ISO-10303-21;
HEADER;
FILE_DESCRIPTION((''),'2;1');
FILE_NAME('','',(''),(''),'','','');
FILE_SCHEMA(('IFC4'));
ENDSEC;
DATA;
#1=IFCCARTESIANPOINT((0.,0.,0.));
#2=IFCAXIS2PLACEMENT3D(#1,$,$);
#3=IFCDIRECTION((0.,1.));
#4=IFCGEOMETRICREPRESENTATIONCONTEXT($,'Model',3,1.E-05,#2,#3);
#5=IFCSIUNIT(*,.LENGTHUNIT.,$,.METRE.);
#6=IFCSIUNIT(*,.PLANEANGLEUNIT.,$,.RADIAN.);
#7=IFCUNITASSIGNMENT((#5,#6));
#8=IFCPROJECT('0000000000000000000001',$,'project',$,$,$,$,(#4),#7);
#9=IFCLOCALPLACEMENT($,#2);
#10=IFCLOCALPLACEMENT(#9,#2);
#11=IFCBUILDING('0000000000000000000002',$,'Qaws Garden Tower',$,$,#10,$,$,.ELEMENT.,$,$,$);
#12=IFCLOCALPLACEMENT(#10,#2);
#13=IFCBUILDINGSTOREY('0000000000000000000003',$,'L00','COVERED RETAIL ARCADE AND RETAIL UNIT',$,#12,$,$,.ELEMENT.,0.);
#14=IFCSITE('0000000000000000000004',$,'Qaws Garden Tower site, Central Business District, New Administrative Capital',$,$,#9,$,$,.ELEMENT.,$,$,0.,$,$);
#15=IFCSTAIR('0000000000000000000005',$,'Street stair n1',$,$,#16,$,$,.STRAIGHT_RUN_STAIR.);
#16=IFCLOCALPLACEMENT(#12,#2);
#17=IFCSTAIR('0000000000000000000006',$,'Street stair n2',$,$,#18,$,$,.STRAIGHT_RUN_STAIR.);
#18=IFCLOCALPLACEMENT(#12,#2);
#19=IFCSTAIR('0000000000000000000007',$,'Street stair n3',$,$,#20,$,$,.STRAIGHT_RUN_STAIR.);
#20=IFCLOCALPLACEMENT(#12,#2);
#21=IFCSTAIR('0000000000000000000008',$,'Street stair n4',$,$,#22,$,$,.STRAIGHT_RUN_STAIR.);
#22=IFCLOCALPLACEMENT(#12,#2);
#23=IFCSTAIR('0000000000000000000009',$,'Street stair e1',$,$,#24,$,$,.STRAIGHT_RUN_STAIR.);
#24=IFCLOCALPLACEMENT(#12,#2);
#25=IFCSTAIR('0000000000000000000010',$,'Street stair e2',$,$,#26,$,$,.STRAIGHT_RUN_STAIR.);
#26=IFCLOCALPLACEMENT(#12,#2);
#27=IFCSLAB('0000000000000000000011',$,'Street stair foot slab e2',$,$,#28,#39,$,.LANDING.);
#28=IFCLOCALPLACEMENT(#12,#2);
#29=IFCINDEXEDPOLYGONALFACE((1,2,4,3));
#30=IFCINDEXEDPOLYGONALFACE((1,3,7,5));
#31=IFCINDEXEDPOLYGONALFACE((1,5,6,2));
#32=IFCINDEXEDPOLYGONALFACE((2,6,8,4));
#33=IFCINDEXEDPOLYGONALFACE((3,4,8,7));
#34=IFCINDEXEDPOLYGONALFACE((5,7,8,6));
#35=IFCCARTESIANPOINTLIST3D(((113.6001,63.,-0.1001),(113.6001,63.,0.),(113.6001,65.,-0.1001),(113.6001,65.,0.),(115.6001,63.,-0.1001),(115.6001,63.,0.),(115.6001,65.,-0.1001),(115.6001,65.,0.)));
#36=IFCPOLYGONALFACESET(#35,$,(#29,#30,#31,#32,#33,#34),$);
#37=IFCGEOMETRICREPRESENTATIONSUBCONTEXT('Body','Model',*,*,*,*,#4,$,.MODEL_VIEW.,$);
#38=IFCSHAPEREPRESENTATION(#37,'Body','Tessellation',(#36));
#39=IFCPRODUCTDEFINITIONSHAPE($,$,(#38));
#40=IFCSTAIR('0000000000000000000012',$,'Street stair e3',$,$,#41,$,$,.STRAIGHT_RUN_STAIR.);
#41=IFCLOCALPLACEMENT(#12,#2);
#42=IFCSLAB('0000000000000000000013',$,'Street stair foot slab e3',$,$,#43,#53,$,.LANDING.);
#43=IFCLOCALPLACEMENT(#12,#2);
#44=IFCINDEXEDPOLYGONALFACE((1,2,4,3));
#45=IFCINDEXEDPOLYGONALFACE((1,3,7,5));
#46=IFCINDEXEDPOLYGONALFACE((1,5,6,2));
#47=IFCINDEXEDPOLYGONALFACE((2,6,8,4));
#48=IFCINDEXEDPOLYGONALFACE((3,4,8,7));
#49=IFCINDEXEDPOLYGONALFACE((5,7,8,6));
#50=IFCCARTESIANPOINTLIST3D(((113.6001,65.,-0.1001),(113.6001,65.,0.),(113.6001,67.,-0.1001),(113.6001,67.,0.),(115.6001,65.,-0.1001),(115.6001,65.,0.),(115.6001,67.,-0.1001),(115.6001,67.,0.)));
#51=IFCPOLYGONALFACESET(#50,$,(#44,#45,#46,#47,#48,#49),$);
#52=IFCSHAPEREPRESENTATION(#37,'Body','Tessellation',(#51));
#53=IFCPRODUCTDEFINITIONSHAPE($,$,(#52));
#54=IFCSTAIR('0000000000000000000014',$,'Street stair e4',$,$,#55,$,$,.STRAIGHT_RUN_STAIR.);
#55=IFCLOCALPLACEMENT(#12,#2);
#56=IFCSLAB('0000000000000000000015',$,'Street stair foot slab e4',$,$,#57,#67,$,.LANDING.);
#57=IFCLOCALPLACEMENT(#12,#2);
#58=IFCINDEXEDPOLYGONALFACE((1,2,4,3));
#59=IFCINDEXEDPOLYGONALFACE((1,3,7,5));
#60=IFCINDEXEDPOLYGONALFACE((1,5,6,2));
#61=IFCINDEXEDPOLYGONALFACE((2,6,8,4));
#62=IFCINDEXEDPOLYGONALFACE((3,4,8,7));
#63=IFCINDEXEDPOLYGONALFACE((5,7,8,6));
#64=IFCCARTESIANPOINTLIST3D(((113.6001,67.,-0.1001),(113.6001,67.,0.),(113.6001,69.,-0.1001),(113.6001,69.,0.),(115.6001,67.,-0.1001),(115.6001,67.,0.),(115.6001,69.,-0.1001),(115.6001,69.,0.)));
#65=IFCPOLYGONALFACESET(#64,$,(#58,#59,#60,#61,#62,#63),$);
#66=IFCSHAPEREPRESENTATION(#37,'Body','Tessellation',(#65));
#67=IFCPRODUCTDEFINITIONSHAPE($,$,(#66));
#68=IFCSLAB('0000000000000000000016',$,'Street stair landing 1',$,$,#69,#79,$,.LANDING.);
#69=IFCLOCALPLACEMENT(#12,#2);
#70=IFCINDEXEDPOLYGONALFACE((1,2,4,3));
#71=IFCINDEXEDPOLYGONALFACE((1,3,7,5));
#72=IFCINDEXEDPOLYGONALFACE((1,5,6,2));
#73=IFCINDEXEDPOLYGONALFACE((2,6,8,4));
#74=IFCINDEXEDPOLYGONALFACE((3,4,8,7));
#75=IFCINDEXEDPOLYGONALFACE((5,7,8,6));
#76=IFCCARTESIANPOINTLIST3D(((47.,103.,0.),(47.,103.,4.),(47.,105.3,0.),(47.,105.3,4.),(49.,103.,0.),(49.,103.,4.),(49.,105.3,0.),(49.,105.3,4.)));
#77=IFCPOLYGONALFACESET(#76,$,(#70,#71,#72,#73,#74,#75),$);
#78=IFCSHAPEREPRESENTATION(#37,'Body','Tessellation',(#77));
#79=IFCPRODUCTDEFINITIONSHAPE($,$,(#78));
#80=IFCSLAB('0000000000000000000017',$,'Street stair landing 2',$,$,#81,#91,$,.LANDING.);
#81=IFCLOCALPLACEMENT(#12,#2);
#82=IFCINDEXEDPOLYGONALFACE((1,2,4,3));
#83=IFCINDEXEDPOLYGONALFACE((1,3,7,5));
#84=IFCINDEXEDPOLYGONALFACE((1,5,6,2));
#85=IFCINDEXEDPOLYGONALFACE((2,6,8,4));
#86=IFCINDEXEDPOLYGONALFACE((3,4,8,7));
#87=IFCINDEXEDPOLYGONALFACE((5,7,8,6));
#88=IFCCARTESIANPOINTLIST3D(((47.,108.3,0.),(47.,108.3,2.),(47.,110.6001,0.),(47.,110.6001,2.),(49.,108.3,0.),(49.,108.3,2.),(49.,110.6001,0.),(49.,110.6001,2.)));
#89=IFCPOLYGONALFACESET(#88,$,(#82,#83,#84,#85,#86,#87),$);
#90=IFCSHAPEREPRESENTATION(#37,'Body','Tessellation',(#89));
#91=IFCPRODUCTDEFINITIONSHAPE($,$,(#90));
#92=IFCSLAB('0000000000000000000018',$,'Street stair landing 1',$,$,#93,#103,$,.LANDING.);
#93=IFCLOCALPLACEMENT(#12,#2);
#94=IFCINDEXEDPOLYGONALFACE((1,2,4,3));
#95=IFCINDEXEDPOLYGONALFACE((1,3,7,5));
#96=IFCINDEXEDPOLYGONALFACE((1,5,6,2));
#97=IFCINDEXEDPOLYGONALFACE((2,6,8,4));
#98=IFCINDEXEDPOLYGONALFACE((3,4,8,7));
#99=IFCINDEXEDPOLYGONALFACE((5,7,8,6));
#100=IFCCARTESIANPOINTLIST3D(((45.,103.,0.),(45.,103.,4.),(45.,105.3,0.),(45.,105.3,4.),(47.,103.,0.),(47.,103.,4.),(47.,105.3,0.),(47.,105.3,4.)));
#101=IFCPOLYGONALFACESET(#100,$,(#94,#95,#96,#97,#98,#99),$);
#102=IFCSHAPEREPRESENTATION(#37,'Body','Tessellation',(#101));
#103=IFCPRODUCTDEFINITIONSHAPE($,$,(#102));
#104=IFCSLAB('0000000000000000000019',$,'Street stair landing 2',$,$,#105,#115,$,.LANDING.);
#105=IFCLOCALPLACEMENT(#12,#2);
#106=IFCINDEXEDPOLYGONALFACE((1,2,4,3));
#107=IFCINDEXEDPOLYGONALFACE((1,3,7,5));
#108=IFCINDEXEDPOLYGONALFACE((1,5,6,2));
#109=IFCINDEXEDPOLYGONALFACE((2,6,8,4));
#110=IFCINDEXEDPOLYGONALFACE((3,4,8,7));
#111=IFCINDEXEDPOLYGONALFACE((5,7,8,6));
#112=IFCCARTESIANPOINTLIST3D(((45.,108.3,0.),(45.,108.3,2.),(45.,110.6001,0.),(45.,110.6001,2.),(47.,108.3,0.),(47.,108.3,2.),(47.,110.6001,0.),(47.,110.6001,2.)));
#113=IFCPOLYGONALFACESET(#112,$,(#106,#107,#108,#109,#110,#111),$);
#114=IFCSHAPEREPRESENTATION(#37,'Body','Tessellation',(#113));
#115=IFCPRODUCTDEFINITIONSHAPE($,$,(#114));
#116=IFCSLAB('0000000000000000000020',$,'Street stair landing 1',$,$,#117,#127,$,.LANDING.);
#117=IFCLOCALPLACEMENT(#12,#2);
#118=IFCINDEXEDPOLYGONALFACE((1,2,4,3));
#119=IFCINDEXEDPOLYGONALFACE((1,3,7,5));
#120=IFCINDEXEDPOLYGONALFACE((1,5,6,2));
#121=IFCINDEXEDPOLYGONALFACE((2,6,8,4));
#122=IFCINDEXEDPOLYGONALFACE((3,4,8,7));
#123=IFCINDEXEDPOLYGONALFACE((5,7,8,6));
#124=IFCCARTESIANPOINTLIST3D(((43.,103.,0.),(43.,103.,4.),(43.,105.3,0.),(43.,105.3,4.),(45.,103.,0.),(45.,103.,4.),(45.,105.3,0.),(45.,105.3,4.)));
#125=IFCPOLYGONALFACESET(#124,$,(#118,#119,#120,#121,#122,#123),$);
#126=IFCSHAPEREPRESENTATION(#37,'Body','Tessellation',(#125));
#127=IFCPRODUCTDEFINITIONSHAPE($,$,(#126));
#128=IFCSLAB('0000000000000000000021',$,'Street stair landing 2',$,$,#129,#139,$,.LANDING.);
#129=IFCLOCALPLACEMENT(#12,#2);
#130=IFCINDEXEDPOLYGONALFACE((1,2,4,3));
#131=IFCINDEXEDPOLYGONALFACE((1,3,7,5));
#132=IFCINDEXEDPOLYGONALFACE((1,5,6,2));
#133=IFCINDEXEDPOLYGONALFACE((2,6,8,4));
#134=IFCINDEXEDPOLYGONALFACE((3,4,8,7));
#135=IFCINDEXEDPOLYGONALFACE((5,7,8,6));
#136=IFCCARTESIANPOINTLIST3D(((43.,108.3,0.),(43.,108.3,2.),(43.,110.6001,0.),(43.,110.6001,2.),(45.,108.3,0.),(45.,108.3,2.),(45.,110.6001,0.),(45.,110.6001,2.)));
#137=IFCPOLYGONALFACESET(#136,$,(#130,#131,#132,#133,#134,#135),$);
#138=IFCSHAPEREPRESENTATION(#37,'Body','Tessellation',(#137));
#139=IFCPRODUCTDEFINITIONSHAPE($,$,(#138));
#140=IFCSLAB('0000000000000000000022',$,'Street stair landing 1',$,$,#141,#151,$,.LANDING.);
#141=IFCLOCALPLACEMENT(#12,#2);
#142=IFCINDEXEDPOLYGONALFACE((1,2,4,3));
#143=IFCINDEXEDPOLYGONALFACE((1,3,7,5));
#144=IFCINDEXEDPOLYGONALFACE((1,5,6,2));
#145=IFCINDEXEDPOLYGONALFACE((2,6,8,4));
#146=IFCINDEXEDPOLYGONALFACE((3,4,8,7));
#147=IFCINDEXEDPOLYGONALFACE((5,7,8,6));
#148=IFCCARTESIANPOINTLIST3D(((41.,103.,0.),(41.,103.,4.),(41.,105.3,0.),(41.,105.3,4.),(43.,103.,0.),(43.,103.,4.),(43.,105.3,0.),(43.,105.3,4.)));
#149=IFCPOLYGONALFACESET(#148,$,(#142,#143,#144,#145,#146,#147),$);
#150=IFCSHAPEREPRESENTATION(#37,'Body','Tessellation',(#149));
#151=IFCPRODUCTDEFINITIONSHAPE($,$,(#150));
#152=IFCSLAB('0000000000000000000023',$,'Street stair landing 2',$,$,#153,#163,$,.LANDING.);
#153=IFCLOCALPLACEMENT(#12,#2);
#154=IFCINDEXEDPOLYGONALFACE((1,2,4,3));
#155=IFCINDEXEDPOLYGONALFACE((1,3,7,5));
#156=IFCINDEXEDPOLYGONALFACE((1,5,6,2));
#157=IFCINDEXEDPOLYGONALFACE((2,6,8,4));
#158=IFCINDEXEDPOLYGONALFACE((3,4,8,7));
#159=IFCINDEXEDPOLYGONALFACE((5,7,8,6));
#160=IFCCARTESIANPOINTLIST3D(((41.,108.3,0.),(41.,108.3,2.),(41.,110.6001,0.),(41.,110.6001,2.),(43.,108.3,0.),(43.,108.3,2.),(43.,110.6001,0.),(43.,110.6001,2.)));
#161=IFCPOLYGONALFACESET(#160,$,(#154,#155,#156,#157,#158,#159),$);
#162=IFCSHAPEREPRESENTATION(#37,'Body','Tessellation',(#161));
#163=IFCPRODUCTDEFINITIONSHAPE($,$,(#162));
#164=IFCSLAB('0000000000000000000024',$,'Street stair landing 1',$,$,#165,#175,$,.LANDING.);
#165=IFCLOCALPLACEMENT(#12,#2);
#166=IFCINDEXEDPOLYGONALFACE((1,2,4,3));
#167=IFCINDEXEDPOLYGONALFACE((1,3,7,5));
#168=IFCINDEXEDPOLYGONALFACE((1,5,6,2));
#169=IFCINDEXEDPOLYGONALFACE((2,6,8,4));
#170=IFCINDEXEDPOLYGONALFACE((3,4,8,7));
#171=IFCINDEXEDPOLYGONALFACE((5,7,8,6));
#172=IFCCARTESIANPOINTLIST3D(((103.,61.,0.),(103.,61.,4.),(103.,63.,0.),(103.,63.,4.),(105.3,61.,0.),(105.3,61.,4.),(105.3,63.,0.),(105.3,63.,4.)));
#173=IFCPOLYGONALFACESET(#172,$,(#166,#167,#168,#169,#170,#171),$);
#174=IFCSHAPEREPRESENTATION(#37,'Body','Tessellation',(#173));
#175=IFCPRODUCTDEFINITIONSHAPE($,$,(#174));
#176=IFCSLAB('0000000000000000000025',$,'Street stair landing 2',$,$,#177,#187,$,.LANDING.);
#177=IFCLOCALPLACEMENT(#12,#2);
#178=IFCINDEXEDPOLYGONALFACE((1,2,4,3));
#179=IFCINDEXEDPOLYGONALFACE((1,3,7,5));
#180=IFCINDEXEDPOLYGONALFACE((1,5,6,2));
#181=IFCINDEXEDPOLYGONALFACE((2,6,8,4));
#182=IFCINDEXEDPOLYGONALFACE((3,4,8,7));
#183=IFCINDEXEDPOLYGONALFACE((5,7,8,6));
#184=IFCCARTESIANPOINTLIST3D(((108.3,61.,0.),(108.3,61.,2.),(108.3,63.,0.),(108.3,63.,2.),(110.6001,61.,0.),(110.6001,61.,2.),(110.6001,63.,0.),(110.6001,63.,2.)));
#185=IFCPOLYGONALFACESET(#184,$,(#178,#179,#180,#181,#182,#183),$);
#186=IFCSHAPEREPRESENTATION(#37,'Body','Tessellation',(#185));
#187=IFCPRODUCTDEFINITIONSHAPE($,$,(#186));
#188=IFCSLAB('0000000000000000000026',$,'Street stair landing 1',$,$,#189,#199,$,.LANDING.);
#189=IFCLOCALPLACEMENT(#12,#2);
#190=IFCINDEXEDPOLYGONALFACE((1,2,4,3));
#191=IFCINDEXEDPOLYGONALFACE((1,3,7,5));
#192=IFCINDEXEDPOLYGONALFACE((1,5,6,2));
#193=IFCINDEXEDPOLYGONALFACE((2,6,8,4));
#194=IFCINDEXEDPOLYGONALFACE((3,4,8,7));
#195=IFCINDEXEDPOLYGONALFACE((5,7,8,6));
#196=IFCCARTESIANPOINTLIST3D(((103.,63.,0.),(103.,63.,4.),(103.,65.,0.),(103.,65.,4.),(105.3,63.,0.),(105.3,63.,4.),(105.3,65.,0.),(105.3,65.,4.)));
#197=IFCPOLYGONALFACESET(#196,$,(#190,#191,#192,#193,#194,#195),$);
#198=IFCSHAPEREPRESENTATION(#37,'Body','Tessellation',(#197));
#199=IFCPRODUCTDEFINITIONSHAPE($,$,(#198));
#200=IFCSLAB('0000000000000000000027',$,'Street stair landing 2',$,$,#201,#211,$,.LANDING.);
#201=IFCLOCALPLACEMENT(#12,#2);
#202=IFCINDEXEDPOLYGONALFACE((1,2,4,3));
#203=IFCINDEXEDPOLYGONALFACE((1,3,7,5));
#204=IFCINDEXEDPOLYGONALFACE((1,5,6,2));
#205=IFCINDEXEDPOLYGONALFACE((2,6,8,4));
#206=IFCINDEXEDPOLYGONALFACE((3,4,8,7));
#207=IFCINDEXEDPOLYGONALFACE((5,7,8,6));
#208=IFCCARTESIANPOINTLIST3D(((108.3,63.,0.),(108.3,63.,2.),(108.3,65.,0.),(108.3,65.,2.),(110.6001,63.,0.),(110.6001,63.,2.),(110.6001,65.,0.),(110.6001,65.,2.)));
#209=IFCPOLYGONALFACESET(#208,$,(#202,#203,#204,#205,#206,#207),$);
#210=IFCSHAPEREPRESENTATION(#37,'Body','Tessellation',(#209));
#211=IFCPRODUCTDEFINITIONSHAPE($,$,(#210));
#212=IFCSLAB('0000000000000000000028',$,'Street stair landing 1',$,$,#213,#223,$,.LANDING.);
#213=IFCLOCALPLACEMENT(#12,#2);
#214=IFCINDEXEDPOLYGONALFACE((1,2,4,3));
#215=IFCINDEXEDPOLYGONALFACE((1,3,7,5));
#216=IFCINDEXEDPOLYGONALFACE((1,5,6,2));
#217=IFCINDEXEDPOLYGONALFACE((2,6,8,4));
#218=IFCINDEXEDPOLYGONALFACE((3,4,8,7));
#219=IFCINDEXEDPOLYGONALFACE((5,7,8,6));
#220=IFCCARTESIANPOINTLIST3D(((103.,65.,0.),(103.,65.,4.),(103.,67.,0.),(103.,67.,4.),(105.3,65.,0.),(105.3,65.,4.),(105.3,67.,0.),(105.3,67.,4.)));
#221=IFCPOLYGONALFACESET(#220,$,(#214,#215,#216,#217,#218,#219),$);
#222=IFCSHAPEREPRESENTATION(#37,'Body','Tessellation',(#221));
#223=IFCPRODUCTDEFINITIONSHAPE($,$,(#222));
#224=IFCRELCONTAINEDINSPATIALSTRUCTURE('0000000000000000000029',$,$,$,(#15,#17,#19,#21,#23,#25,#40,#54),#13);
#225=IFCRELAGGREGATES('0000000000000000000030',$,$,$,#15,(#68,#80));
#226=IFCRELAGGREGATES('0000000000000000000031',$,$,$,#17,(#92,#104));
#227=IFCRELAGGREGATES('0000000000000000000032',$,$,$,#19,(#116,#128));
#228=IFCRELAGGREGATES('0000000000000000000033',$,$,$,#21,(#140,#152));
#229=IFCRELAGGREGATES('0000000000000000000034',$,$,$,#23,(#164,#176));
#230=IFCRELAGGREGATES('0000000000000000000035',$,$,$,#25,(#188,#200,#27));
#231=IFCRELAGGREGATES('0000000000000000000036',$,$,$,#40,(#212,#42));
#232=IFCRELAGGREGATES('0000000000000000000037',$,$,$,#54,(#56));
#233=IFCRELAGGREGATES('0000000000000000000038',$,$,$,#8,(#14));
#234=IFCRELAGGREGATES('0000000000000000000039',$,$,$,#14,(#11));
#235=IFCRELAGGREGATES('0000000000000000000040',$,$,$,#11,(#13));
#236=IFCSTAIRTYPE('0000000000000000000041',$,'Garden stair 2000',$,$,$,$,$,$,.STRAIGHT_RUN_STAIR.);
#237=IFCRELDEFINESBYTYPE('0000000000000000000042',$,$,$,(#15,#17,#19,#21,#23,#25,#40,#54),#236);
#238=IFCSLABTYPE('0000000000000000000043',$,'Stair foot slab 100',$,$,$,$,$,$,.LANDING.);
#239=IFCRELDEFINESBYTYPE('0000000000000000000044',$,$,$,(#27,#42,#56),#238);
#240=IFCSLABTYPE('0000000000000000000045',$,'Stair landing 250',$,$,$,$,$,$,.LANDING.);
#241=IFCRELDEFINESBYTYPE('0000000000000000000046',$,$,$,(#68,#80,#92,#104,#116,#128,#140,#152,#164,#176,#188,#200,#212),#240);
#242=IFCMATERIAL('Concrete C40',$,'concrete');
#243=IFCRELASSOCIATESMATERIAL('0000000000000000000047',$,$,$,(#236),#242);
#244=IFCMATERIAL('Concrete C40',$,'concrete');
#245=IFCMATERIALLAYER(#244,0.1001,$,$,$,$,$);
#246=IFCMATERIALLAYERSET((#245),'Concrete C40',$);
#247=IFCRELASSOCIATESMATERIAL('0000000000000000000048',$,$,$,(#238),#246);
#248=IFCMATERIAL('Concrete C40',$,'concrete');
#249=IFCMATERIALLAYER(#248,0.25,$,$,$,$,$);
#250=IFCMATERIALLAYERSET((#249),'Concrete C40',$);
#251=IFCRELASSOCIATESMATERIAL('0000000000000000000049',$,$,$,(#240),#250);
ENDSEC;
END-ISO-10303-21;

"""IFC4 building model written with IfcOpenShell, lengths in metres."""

from ifc_helpers import new_model, si_unit, direction, frame, origin, place, context, subcontext, project, spatial, polyline, outline, extrude, material, layer, layer_set, type_object, element, aggregate, save


model = new_model("IFC4")

# Units and contexts
model_context = context("Model", 3, precision=1e-05, world=origin(), true_north=direction((0.0, 1.0)))
body_context = subcontext(model_context, "Body", "Model", "MODEL_VIEW")
ifc_project = project(units=[si_unit("LENGTHUNIT", "METRE"), si_unit("PLANEANGLEUNIT", "RADIAN")], contexts=[model_context])

# Site, building, storey
site_placement = place(None, origin())
site = spatial("IfcSite", under=ifc_project, at=site_placement, Name="Qaws Garden Tower site, Central Business District, New Administrative Capital", CompositionType="ELEMENT", RefElevation=0.0)
building_placement = place(site_placement, origin())
building = spatial("IfcBuilding", under=site, at=building_placement, Name="Qaws Garden Tower", CompositionType="ELEMENT")
storey_placement = place(building_placement, origin())
storey = spatial("IfcBuildingStorey", under=building, at=storey_placement, Name="L00", Description="COVERED RETAIL ARCADE AND RETAIL UNIT", CompositionType="ELEMENT", Elevation=0.0)

# Shared definitions
placement_1 = place(storey_placement, frame((0.0, 0.0, -0.1001)))

# Stairs, slabs
ifc_material_1 = material(Name="Concrete C40", Category="concrete")
stair_type = type_object("IfcStairType", Name="Garden stair 2000", PredefinedType="STRAIGHT_RUN_STAIR", material=ifc_material_1)
placement_2 = place(storey_placement, origin())
stair_1 = element("IfcStair", 1, at=placement_2, inside=storey, type_object=stair_type, Name="Street stair n1", PredefinedType="STRAIGHT_RUN_STAIR")
ifc_material_2 = material(Name="Concrete C40", Category="concrete")
ifc_layer_1 = layer(ifc_material_2, 0.1001)
ifc_layer_set_1 = layer_set([ifc_layer_1], Name="Concrete C40")
slab_type_1 = type_object("IfcSlabType", Name="Stair foot slab 100", PredefinedType="LANDING", material=ifc_layer_set_1)
stair_2 = element("IfcStair", 2, at=placement_2, inside=storey, type_object=stair_type, Name="Street stair n2", PredefinedType="STRAIGHT_RUN_STAIR")
stair_3 = element("IfcStair", 3, at=placement_2, inside=storey, type_object=stair_type, Name="Street stair n3", PredefinedType="STRAIGHT_RUN_STAIR")
stair_4 = element("IfcStair", 4, at=placement_2, inside=storey, type_object=stair_type, Name="Street stair n4", PredefinedType="STRAIGHT_RUN_STAIR")
stair_5 = element("IfcStair", 5, at=placement_2, inside=storey, type_object=stair_type, Name="Street stair e1", PredefinedType="STRAIGHT_RUN_STAIR")
stair_6 = element("IfcStair", 6, at=placement_2, inside=storey, type_object=stair_type, Name="Street stair e2", PredefinedType="STRAIGHT_RUN_STAIR")
slab_1 = element("IfcSlab", 7, at=placement_1, type_object=slab_type_1, Name="Street stair foot slab e2", PredefinedType="LANDING", context=body_context, shape_type="SweptSolid", body=[
    extrude(outline(polyline([(113.6001, 63.0), (115.6001, 63.0), (115.6001, 65.0), (113.6001, 65.0), (113.6001, 63.0)])), origin(), (0.0, 0.0, 1.0), 0.1001),
])
stair_7 = element("IfcStair", 8, at=placement_2, inside=storey, type_object=stair_type, Name="Street stair e3", PredefinedType="STRAIGHT_RUN_STAIR")
slab_2 = element("IfcSlab", 9, at=placement_1, type_object=slab_type_1, Name="Street stair foot slab e3", PredefinedType="LANDING", context=body_context, shape_type="SweptSolid", body=[
    extrude(outline(polyline([(113.6001, 65.0), (115.6001, 65.0), (115.6001, 67.0), (113.6001, 67.0), (113.6001, 65.0)])), origin(), (0.0, 0.0, 1.0), 0.1001),
])
stair_8 = element("IfcStair", 10, at=placement_2, inside=storey, type_object=stair_type, Name="Street stair e4", PredefinedType="STRAIGHT_RUN_STAIR")
slab_3 = element("IfcSlab", 11, at=placement_1, type_object=slab_type_1, Name="Street stair foot slab e4", PredefinedType="LANDING", context=body_context, shape_type="SweptSolid", body=[
    extrude(outline(polyline([(113.6001, 67.0), (115.6001, 67.0), (115.6001, 69.0), (113.6001, 69.0), (113.6001, 67.0)])), origin(), (0.0, 0.0, 1.0), 0.1001),
])

# Slabs
ifc_material_3 = material(Name="Concrete C40", Category="concrete")
ifc_layer_2 = layer(ifc_material_3, 0.25)
ifc_layer_set_2 = layer_set([ifc_layer_2], Name="Concrete C40")
slab_type_2 = type_object("IfcSlabType", Name="Stair landing 250", PredefinedType="LANDING", material=ifc_layer_set_2)
slab_4 = element("IfcSlab", 12, at=placement_2, type_object=slab_type_2, Name="Street stair landing 1", PredefinedType="LANDING", context=body_context, shape_type="SweptSolid", body=[
    extrude(outline(polyline([(49.0, 103.0), (49.0, 105.3), (47.0, 105.3), (47.0, 103.0), (49.0, 103.0)])), origin(), (0.0, 0.0, 1.0), 4.0),
])
slab_5 = element("IfcSlab", 13, at=placement_2, type_object=slab_type_2, Name="Street stair landing 2", PredefinedType="LANDING", context=body_context, shape_type="SweptSolid", body=[
    extrude(outline(polyline([(49.0, 108.3), (49.0, 110.6001), (47.0, 110.6001), (47.0, 108.3), (49.0, 108.3)])), origin(), (0.0, 0.0, 1.0), 2.0),
])
aggregate(stair_1, [slab_4, slab_5])
slab_6 = element("IfcSlab", 14, at=placement_2, type_object=slab_type_2, Name="Street stair landing 1", PredefinedType="LANDING", context=body_context, shape_type="SweptSolid", body=[
    extrude(outline(polyline([(47.0, 103.0), (47.0, 105.3), (45.0, 105.3), (45.0, 103.0), (47.0, 103.0)])), origin(), (0.0, 0.0, 1.0), 4.0),
])
slab_7 = element("IfcSlab", 15, at=placement_2, type_object=slab_type_2, Name="Street stair landing 2", PredefinedType="LANDING", context=body_context, shape_type="SweptSolid", body=[
    extrude(outline(polyline([(47.0, 108.3), (47.0, 110.6001), (45.0, 110.6001), (45.0, 108.3), (47.0, 108.3)])), origin(), (0.0, 0.0, 1.0), 2.0),
])
aggregate(stair_2, [slab_6, slab_7])
slab_8 = element("IfcSlab", 16, at=placement_2, type_object=slab_type_2, Name="Street stair landing 1", PredefinedType="LANDING", context=body_context, shape_type="SweptSolid", body=[
    extrude(outline(polyline([(45.0, 103.0), (45.0, 105.3), (43.0, 105.3), (43.0, 103.0), (45.0, 103.0)])), origin(), (0.0, 0.0, 1.0), 4.0),
])
slab_9 = element("IfcSlab", 17, at=placement_2, type_object=slab_type_2, Name="Street stair landing 2", PredefinedType="LANDING", context=body_context, shape_type="SweptSolid", body=[
    extrude(outline(polyline([(45.0, 108.3), (45.0, 110.6001), (43.0, 110.6001), (43.0, 108.3), (45.0, 108.3)])), origin(), (0.0, 0.0, 1.0), 2.0),
])
aggregate(stair_3, [slab_8, slab_9])
slab_10 = element("IfcSlab", 18, at=placement_2, type_object=slab_type_2, Name="Street stair landing 1", PredefinedType="LANDING", context=body_context, shape_type="SweptSolid", body=[
    extrude(outline(polyline([(43.0, 103.0), (43.0, 105.3), (41.0, 105.3), (41.0, 103.0), (43.0, 103.0)])), origin(), (0.0, 0.0, 1.0), 4.0),
])
slab_11 = element("IfcSlab", 19, at=placement_2, type_object=slab_type_2, Name="Street stair landing 2", PredefinedType="LANDING", context=body_context, shape_type="SweptSolid", body=[
    extrude(outline(polyline([(43.0, 108.3), (43.0, 110.6001), (41.0, 110.6001), (41.0, 108.3), (43.0, 108.3)])), origin(), (0.0, 0.0, 1.0), 2.0),
])
aggregate(stair_4, [slab_10, slab_11])
slab_12 = element("IfcSlab", 20, at=placement_2, type_object=slab_type_2, Name="Street stair landing 1", PredefinedType="LANDING", context=body_context, shape_type="SweptSolid", body=[
    extrude(outline(polyline([(103.0, 61.0), (105.3, 61.0), (105.3, 63.0), (103.0, 63.0), (103.0, 61.0)])), origin(), (0.0, 0.0, 1.0), 4.0),
])
slab_13 = element("IfcSlab", 21, at=placement_2, type_object=slab_type_2, Name="Street stair landing 2", PredefinedType="LANDING", context=body_context, shape_type="SweptSolid", body=[
    extrude(outline(polyline([(108.3, 61.0), (110.6001, 61.0), (110.6001, 63.0), (108.3, 63.0), (108.3, 61.0)])), origin(), (0.0, 0.0, 1.0), 2.0),
])
aggregate(stair_5, [slab_12, slab_13])
slab_14 = element("IfcSlab", 22, at=placement_2, type_object=slab_type_2, Name="Street stair landing 1", PredefinedType="LANDING", context=body_context, shape_type="SweptSolid", body=[
    extrude(outline(polyline([(103.0, 63.0), (105.3, 63.0), (105.3, 65.0), (103.0, 65.0), (103.0, 63.0)])), origin(), (0.0, 0.0, 1.0), 4.0),
])
slab_15 = element("IfcSlab", 23, at=placement_2, type_object=slab_type_2, Name="Street stair landing 2", PredefinedType="LANDING", context=body_context, shape_type="SweptSolid", body=[
    extrude(outline(polyline([(108.3, 63.0), (110.6001, 63.0), (110.6001, 65.0), (108.3, 65.0), (108.3, 63.0)])), origin(), (0.0, 0.0, 1.0), 2.0),
])
aggregate(stair_6, [slab_14, slab_15, slab_1])
slab_16 = element("IfcSlab", 24, at=placement_2, type_object=slab_type_2, Name="Street stair landing 1", PredefinedType="LANDING", context=body_context, shape_type="SweptSolid", body=[
    extrude(outline(polyline([(103.0, 65.0), (105.3, 65.0), (105.3, 67.0), (103.0, 67.0), (103.0, 65.0)])), origin(), (0.0, 0.0, 1.0), 4.0),
])
aggregate(stair_7, [slab_16, slab_2])
aggregate(stair_8, [slab_3])

save(model, "model.ifc")
